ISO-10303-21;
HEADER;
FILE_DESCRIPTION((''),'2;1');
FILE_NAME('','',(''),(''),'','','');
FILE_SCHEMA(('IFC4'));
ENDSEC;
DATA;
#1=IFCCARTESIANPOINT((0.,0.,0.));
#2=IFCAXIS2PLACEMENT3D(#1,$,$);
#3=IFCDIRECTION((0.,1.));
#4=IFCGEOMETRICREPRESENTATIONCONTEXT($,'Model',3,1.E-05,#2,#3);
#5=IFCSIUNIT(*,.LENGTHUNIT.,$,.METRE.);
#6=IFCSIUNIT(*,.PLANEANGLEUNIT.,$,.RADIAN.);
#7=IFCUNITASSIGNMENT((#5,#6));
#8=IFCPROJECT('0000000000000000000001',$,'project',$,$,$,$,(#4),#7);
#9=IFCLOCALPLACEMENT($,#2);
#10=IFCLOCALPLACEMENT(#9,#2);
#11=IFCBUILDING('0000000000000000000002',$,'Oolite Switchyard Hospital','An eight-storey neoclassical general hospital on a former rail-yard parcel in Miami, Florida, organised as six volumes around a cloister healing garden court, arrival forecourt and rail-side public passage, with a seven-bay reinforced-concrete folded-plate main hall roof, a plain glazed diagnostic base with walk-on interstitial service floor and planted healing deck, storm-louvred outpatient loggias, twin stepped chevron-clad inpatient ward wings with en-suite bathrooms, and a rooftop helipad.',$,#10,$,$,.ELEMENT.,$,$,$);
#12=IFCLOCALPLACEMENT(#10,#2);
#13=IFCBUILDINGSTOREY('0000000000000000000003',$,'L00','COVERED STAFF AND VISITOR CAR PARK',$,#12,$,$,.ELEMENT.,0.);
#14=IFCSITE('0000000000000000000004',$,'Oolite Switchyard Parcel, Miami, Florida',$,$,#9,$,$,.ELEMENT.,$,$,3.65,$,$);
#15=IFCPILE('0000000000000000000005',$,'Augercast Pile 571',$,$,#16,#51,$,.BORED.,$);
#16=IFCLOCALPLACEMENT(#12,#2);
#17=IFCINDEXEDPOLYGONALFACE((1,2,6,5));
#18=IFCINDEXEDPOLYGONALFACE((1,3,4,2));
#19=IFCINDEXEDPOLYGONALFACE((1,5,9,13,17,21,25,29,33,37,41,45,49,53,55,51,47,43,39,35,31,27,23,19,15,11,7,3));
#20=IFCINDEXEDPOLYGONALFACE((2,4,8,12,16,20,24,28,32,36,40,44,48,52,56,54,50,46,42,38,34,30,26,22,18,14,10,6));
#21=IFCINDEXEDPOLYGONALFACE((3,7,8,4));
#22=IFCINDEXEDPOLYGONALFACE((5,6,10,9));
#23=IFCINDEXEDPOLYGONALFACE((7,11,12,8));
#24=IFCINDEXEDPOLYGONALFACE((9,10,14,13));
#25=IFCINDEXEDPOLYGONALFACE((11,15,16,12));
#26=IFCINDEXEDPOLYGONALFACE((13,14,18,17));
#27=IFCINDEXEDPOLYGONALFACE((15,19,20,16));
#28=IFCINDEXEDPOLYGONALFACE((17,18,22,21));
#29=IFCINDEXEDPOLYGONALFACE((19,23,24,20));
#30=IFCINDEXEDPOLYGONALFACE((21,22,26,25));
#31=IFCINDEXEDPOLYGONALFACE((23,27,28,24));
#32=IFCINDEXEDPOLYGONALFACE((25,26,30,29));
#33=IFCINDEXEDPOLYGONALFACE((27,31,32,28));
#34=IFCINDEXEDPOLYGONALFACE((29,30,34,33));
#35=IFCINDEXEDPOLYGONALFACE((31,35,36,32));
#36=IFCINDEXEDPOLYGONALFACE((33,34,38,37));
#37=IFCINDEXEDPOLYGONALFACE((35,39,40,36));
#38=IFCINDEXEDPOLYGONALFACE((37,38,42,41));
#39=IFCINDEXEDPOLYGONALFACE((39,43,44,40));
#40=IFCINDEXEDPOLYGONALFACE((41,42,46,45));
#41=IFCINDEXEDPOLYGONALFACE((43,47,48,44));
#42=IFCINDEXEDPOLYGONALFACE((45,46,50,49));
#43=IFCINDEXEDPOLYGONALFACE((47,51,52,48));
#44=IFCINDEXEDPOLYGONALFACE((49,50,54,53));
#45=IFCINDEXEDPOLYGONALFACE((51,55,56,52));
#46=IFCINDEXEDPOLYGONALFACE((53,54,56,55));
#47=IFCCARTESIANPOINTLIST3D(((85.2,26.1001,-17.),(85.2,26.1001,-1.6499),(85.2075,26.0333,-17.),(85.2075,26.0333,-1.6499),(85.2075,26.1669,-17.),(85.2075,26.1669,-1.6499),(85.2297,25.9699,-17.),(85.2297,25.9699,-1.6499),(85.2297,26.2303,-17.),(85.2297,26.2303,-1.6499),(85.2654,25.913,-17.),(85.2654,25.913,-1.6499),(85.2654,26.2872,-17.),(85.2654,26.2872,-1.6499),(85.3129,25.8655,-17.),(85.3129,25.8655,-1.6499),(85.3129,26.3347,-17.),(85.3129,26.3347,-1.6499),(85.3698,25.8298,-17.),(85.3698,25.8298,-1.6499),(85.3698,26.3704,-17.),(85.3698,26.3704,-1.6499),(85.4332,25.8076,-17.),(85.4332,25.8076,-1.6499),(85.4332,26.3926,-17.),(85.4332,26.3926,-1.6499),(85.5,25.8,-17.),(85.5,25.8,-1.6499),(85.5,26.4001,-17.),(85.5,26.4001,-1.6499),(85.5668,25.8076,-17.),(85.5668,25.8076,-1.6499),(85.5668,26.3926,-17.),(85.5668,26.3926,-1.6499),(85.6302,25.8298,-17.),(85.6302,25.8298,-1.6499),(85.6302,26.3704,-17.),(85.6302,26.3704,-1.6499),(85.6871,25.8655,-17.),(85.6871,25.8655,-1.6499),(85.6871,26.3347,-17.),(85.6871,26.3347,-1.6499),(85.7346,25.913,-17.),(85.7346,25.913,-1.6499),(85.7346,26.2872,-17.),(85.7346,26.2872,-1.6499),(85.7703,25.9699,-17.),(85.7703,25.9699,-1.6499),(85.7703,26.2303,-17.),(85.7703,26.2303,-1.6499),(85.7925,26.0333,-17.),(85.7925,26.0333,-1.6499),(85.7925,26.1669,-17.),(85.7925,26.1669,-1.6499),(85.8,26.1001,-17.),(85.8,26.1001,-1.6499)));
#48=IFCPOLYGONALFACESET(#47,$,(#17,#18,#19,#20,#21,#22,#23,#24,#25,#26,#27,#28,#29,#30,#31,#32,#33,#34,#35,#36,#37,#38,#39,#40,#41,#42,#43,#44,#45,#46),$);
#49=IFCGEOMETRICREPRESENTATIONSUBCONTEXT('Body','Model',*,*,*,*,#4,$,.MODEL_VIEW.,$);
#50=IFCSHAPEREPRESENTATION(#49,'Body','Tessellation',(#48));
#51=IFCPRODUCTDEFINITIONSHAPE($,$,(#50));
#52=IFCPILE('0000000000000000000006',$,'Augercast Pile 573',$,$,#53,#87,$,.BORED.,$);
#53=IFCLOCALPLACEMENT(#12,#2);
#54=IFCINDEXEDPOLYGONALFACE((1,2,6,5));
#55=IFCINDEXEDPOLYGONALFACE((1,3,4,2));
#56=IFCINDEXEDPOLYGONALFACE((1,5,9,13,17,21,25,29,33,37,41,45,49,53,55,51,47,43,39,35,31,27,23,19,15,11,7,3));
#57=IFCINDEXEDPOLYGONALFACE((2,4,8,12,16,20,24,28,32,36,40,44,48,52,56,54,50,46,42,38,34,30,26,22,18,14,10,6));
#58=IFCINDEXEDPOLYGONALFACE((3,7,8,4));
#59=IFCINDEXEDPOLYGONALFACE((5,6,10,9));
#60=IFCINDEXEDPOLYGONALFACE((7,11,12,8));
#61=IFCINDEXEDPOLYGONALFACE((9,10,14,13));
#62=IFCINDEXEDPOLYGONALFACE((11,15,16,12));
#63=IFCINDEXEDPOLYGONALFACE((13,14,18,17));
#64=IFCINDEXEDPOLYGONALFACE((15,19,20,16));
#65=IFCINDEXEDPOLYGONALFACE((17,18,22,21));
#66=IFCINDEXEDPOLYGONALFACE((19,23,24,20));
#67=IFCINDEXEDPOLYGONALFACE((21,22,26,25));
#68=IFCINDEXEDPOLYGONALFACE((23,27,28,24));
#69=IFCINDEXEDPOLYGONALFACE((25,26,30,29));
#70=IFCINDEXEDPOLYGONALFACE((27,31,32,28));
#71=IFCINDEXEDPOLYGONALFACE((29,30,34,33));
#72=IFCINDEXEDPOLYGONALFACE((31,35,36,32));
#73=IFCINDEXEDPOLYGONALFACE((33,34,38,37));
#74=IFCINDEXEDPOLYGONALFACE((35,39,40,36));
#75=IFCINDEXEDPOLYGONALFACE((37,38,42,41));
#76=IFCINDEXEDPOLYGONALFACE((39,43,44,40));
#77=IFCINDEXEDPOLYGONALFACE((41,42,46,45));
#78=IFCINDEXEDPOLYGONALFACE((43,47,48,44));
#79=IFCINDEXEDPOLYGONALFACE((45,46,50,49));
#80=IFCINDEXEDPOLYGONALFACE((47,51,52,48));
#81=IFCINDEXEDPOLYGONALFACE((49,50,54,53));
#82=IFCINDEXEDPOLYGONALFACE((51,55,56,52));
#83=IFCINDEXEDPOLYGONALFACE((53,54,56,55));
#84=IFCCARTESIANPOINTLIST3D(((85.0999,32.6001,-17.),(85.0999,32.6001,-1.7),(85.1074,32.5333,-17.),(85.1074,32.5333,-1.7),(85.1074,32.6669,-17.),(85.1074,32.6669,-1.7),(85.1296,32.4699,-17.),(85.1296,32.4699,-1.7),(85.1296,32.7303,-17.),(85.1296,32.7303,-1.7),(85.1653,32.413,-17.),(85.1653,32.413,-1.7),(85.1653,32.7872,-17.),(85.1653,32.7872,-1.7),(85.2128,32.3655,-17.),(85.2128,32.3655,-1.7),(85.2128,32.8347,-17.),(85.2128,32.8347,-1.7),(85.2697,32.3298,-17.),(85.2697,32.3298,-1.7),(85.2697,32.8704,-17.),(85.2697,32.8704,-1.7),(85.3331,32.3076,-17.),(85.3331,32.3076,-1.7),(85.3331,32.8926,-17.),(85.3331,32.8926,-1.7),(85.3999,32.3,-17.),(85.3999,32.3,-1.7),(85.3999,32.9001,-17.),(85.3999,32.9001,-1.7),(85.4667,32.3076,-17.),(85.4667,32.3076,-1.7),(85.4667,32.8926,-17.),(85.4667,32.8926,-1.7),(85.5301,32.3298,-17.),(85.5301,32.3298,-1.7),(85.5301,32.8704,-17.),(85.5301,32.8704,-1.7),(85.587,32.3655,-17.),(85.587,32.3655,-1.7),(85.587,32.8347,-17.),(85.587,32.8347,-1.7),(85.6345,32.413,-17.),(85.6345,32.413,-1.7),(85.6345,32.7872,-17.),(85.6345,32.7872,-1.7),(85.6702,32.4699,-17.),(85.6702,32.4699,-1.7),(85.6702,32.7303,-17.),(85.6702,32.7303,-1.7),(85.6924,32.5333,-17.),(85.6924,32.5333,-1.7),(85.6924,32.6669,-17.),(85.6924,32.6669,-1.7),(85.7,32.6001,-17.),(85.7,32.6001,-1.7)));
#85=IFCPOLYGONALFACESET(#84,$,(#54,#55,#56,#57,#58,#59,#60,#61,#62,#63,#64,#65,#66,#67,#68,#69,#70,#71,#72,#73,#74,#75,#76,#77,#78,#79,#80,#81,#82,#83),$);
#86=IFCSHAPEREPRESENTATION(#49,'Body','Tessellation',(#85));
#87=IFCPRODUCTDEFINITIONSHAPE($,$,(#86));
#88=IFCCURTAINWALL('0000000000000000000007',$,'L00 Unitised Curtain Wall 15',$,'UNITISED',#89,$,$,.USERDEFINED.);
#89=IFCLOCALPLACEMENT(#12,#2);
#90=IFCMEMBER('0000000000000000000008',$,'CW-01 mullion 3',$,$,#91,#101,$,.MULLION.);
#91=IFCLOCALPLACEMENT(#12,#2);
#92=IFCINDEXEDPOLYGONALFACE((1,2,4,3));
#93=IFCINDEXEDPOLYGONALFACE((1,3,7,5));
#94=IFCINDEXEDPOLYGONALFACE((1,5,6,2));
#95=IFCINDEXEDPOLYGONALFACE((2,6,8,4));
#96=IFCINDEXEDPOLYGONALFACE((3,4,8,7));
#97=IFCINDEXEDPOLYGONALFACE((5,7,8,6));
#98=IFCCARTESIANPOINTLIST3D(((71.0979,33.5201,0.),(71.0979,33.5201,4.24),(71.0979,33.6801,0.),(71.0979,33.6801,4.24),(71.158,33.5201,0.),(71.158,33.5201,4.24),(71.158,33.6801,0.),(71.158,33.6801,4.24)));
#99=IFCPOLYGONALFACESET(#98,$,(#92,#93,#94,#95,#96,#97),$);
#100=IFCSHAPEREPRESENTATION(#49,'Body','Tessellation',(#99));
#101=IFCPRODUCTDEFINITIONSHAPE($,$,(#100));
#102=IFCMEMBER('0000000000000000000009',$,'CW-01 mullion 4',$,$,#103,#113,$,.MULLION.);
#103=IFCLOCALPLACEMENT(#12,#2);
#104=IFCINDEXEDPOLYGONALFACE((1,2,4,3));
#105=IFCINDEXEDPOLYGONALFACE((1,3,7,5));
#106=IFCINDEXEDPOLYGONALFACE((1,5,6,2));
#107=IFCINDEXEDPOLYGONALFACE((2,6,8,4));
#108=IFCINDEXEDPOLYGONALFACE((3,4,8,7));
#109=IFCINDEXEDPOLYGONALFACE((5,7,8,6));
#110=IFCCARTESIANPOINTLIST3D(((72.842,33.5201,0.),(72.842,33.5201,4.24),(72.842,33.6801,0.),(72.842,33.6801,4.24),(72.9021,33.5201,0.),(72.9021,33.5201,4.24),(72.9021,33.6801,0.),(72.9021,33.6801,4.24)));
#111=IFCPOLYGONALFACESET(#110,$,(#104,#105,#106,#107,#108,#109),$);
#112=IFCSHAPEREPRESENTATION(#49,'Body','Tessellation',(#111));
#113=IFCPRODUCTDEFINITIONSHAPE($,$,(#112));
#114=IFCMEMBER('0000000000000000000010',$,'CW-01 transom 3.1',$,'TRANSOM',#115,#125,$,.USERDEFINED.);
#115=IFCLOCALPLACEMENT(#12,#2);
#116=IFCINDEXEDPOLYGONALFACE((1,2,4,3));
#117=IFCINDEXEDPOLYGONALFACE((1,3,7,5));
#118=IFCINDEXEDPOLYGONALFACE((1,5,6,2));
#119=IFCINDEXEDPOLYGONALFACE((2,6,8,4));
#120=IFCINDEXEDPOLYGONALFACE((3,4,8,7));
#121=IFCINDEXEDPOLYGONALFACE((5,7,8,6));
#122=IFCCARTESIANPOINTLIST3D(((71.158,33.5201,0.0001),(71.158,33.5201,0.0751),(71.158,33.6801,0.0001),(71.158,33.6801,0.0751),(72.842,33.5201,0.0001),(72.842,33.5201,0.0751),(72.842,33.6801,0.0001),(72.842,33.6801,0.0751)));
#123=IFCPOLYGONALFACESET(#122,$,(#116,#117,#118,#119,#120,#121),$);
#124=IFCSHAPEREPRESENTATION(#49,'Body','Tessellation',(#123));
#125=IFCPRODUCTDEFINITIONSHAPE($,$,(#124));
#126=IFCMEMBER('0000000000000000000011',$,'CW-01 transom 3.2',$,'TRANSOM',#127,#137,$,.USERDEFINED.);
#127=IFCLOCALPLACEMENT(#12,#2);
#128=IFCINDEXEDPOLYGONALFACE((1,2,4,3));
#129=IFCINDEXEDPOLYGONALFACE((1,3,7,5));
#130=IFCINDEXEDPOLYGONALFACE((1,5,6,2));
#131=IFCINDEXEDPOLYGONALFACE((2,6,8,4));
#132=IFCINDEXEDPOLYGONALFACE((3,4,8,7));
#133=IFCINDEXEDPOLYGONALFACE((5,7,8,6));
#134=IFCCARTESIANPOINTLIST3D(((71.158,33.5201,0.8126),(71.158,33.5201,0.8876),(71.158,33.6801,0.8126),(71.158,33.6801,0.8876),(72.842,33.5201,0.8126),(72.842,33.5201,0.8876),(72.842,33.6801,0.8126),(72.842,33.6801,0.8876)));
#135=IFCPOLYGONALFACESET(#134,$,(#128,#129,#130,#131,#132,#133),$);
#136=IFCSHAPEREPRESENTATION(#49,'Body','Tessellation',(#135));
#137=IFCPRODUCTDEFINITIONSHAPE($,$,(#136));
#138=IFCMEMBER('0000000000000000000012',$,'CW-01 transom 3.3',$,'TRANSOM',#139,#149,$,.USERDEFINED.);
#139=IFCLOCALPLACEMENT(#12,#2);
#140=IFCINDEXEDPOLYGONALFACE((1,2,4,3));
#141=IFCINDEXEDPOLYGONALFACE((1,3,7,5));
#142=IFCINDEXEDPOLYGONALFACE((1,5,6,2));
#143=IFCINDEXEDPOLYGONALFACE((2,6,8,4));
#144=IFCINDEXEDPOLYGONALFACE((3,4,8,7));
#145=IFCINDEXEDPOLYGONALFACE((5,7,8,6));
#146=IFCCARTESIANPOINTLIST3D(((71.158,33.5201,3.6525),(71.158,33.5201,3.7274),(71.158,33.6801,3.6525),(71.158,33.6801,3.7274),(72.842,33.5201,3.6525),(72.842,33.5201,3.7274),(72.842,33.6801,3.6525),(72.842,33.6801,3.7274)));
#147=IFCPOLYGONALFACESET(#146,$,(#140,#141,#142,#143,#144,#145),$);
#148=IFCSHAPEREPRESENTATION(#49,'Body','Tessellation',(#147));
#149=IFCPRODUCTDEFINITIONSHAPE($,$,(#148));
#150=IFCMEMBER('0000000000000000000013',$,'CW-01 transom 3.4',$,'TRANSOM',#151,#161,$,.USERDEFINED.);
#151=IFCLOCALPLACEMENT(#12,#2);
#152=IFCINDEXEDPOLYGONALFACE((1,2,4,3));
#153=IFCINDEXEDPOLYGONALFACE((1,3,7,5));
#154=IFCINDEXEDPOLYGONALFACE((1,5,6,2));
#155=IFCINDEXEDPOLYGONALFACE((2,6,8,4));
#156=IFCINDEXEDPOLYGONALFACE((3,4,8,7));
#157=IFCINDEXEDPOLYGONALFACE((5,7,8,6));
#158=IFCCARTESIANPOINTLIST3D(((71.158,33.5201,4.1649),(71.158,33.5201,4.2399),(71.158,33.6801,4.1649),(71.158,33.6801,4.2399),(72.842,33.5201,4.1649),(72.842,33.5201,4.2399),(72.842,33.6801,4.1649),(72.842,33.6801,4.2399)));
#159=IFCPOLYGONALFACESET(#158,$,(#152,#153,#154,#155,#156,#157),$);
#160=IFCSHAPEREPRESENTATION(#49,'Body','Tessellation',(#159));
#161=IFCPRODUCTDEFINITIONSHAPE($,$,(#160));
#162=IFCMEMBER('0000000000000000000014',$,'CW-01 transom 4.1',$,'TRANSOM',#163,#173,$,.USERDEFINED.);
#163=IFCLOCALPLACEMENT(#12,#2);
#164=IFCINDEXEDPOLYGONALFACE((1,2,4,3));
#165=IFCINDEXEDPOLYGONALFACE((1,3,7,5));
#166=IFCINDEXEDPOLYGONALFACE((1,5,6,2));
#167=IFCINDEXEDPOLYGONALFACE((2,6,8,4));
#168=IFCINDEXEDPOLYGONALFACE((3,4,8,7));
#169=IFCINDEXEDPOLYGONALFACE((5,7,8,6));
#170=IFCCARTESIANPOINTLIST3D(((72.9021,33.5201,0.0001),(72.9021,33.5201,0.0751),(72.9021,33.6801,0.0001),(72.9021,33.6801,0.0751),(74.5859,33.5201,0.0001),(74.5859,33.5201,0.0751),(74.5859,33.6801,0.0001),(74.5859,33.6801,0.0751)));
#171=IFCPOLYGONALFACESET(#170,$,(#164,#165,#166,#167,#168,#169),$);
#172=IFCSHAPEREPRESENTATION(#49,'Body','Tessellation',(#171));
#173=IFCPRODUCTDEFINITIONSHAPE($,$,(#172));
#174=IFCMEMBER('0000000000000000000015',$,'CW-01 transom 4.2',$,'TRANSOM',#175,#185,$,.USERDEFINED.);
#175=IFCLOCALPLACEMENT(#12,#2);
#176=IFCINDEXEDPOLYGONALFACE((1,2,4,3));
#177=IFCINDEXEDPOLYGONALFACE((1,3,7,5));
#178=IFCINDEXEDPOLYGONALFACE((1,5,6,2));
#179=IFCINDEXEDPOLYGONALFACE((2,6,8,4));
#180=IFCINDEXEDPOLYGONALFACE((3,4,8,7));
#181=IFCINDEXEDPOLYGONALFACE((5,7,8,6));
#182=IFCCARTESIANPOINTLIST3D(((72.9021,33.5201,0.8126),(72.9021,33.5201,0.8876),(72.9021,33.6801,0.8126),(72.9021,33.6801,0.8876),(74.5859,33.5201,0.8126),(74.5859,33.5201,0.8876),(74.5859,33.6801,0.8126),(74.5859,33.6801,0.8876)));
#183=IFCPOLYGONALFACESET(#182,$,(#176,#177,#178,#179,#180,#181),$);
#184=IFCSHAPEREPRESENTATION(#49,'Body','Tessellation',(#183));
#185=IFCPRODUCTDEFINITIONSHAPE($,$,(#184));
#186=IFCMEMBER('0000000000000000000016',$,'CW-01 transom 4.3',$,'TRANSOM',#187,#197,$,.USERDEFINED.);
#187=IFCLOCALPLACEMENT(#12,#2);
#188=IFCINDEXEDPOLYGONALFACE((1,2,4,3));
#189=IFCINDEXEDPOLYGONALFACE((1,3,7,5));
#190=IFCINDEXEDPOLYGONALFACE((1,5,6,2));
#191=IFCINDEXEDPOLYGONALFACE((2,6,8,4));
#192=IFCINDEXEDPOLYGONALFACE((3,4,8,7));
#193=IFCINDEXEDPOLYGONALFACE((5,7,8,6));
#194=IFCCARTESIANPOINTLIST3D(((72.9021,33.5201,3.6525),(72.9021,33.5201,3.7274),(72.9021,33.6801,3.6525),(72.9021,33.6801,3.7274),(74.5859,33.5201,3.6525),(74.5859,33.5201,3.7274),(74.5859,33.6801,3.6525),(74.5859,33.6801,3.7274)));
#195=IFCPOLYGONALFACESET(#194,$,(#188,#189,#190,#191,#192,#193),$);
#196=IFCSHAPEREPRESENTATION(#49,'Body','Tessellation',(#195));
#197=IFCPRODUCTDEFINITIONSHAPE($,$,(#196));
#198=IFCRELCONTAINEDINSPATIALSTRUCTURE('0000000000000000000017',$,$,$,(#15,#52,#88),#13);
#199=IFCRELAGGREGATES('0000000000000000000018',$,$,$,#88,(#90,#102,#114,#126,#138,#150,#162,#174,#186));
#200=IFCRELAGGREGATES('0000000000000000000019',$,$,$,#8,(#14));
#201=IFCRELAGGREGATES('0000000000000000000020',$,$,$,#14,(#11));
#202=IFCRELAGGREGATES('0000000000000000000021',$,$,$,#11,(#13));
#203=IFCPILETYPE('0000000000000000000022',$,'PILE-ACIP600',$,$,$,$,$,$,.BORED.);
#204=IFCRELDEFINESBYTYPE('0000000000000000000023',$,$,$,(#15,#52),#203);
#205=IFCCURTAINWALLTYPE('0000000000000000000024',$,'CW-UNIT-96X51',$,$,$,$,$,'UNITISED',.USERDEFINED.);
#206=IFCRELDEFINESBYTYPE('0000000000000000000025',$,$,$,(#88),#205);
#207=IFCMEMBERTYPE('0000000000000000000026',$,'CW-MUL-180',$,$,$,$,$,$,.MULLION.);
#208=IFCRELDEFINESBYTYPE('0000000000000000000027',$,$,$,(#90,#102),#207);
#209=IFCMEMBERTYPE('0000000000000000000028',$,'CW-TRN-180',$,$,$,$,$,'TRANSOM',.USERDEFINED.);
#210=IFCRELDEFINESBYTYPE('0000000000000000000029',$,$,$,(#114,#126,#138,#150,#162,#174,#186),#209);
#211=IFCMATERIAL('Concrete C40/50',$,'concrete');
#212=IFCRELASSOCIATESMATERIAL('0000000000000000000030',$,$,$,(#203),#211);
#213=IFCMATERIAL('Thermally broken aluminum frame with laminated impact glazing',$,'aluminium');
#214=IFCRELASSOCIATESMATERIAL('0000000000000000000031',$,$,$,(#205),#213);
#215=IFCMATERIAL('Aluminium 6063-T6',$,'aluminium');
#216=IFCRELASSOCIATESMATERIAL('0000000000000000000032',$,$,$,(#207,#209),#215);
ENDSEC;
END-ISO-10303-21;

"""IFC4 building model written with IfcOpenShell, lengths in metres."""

from ifc_helpers import new_model, si_unit, direction, frame, origin, origin_2d, place, context, subcontext, project, spatial, rectangle, circle, extrude, material, material_profile, profile_set, type_object, element, aggregate, save


model = new_model("IFC4")

# Units and contexts
model_context = context("Model", 3, precision=1e-05, world=origin(), true_north=direction((0.0, 1.0)))
body_context = subcontext(model_context, "Body", "Model", "MODEL_VIEW")
ifc_project = project(units=[si_unit("LENGTHUNIT", "METRE"), si_unit("PLANEANGLEUNIT", "RADIAN")], contexts=[model_context])

# Site, building, storey
site_placement = place(None, origin())
site = spatial("IfcSite", under=ifc_project, at=site_placement, Name="Oolite Switchyard Parcel, Miami, Florida", CompositionType="ELEMENT", RefElevation=3.65)
building_placement = place(site_placement, origin())
building = spatial("IfcBuilding", under=site, at=building_placement, Name="Oolite Switchyard Hospital", Description="An eight-storey neoclassical general hospital on a former rail-yard parcel in Miami, Florida, organised as six volumes around a cloister healing garden court, arrival forecourt and rail-side public passage, with a seven-bay reinforced-concrete folded-plate main hall roof, a plain glazed diagnostic base with walk-on interstitial service floor and planted healing deck, storm-louvred outpatient loggias, twin stepped chevron-clad inpatient ward wings with en-suite bathrooms, and a rooftop helipad.", CompositionType="ELEMENT")
storey_placement = place(building_placement, origin())
storey = spatial("IfcBuildingStorey", under=building, at=storey_placement, Name="L00", Description="COVERED STAFF AND VISITOR CAR PARK", CompositionType="ELEMENT", Elevation=0.0)

# Shared definitions
ifc_material_1 = material(Name="Concrete C40/50", Category="concrete")

# Piles
ifc_material_profile_1 = material_profile(ifc_material_1, circle(Radius=0.3, at=origin_2d()), Name="PILE600")
ifc_profile_set_1 = profile_set([ifc_material_profile_1], Name="Concrete C40/50")
pile_type = type_object("IfcPileType", Name="PILE-ACIP600", PredefinedType="BORED", material=ifc_profile_set_1)
pile_1_placement = place(storey_placement, frame((85.5, 26.1001, -1.6499), z_axis=(0.0, 0.0, -1.0), x_axis=(1.0, 0.0, 0.0)))
element("IfcPile", 1, at=pile_1_placement, inside=storey, type_object=pile_type, Name="Augercast Pile 571", PredefinedType="BORED", context=body_context, shape_type="SweptSolid", body=[
    extrude(circle(Radius=0.3, at=origin_2d()), origin(), (0.0, 0.0, 1.0), 15.3501),
])
pile_2_placement = place(storey_placement, frame((85.3999, 32.6001, -1.7), z_axis=(0.0, 0.0, -1.0), x_axis=(1.0, 0.0, 0.0)))
element("IfcPile", 2, at=pile_2_placement, inside=storey, type_object=pile_type, Name="Augercast Pile 573", PredefinedType="BORED", context=body_context, shape_type="SweptSolid", body=[
    extrude(circle(Radius=0.3, at=origin_2d()), origin(), (0.0, 0.0, 1.0), 15.3),
])

# Curtain wall, members
ifc_material_2 = material(Name="Thermally broken aluminum frame with laminated impact glazing", Category="aluminium")
curtain_wall_type = type_object("IfcCurtainWallType", Name="CW-UNIT-96X51", ElementType="UNITISED", PredefinedType="USERDEFINED", material=ifc_material_2)
curtain_wall_placement = place(storey_placement, origin())
curtain_wall = element("IfcCurtainWall", 3, at=curtain_wall_placement, inside=storey, type_object=curtain_wall_type, Name="L00 Unitised Curtain Wall 15", ObjectType="UNITISED", PredefinedType="USERDEFINED")
ifc_material_3 = material(Name="Aluminium 6063-T6", Category="aluminium")
ifc_material_profile_2 = material_profile(ifc_material_3, rectangle(XDim=0.1599, YDim=0.0601, at=origin_2d()), Name="CWM60X160")
ifc_profile_set_2 = profile_set([ifc_material_profile_2], Name="Aluminium 6063-T6")
member_type_1 = type_object("IfcMemberType", Name="CW-MUL-180", PredefinedType="MULLION", material=ifc_profile_set_2)
member_1_placement = place(storey_placement, frame((71.1279, 33.6001, 0.0), z_axis=(0.0, 0.0, 1.0), x_axis=(0.0, 1.0, 0.0)))
member_1 = element("IfcMember", 4, at=member_1_placement, type_object=member_type_1, Name="CW-01 mullion 3", PredefinedType="MULLION", context=body_context, shape_type="SweptSolid", body=[
    extrude(rectangle(XDim=0.1599, YDim=0.0601, at=origin_2d()), origin(), (0.0, 0.0, 1.0), 4.24),
])
member_2_placement = place(storey_placement, frame((72.8721, 33.6001, 0.0), z_axis=(0.0, 0.0, 1.0), x_axis=(0.0, 1.0, 0.0)))
member_2 = element("IfcMember", 5, at=member_2_placement, type_object=member_type_1, Name="CW-01 mullion 4", PredefinedType="MULLION", context=body_context, shape_type="SweptSolid", body=[
    extrude(rectangle(XDim=0.1599, YDim=0.0601, at=origin_2d()), origin(), (0.0, 0.0, 1.0), 4.24),
])
ifc_material_profile_3 = material_profile(ifc_material_3, rectangle(XDim=0.1599, YDim=0.075, at=origin_2d()), Name="CWT75X160")
ifc_profile_set_3 = profile_set([ifc_material_profile_3], Name="Aluminium 6063-T6")
member_type_2 = type_object("IfcMemberType", Name="CW-TRN-180", ElementType="TRANSOM", PredefinedType="USERDEFINED", material=ifc_profile_set_3)
member_3_placement = place(storey_placement, frame((71.158, 33.6001, 0.0376), z_axis=(1.0, 0.0, 0.0), x_axis=(0.0, 1.0, 0.0)))
member_3 = element("IfcMember", 6, at=member_3_placement, type_object=member_type_2, Name="CW-01 transom 3.1", ObjectType="TRANSOM", PredefinedType="USERDEFINED", context=body_context, shape_type="SweptSolid", body=[
    extrude(rectangle(XDim=0.1599, YDim=0.075, at=origin_2d()), origin(), (0.0, 0.0, 1.0), 1.6841),
])
member_4_placement = place(storey_placement, frame((71.158, 33.6001, 0.8501), z_axis=(1.0, 0.0, 0.0), x_axis=(0.0, 1.0, 0.0)))
member_4 = element("IfcMember", 7, at=member_4_placement, type_object=member_type_2, Name="CW-01 transom 3.2", ObjectType="TRANSOM", PredefinedType="USERDEFINED", context=body_context, shape_type="SweptSolid", body=[
    extrude(rectangle(XDim=0.1599, YDim=0.075, at=origin_2d()), origin(), (0.0, 0.0, 1.0), 1.6841),
])
member_5_placement = place(storey_placement, frame((71.158, 33.6001, 3.6899), z_axis=(1.0, 0.0, 0.0), x_axis=(0.0, 1.0, 0.0)))
member_5 = element("IfcMember", 8, at=member_5_placement, type_object=member_type_2, Name="CW-01 transom 3.3", ObjectType="TRANSOM", PredefinedType="USERDEFINED", context=body_context, shape_type="SweptSolid", body=[
    extrude(rectangle(XDim=0.1599, YDim=0.075, at=origin_2d()), origin(), (0.0, 0.0, 1.0), 1.6841),
])
member_6_placement = place(storey_placement, frame((71.158, 33.6001, 4.2024), z_axis=(1.0, 0.0, 0.0), x_axis=(0.0, 1.0, 0.0)))
member_6 = element("IfcMember", 9, at=member_6_placement, type_object=member_type_2, Name="CW-01 transom 3.4", ObjectType="TRANSOM", PredefinedType="USERDEFINED", context=body_context, shape_type="SweptSolid", body=[
    extrude(rectangle(XDim=0.1599, YDim=0.075, at=origin_2d()), origin(), (0.0, 0.0, 1.0), 1.6841),
])
member_7_placement = place(storey_placement, frame((72.9021, 33.6001, 0.0376), z_axis=(1.0, 0.0, 0.0), x_axis=(0.0, 1.0, 0.0)))
member_7 = element("IfcMember", 10, at=member_7_placement, type_object=member_type_2, Name="CW-01 transom 4.1", ObjectType="TRANSOM", PredefinedType="USERDEFINED", context=body_context, shape_type="SweptSolid", body=[
    extrude(rectangle(XDim=0.1599, YDim=0.075, at=origin_2d()), origin(), (0.0, 0.0, 1.0), 1.6838),
])
member_8_placement = place(storey_placement, frame((72.9021, 33.6001, 0.8501), z_axis=(1.0, 0.0, 0.0), x_axis=(0.0, 1.0, 0.0)))
member_8 = element("IfcMember", 11, at=member_8_placement, type_object=member_type_2, Name="CW-01 transom 4.2", ObjectType="TRANSOM", PredefinedType="USERDEFINED", context=body_context, shape_type="SweptSolid", body=[
    extrude(rectangle(XDim=0.1599, YDim=0.075, at=origin_2d()), origin(), (0.0, 0.0, 1.0), 1.6838),
])
member_9_placement = place(storey_placement, frame((72.9021, 33.6001, 3.6899), z_axis=(1.0, 0.0, 0.0), x_axis=(0.0, 1.0, 0.0)))
member_9 = element("IfcMember", 12, at=member_9_placement, type_object=member_type_2, Name="CW-01 transom 4.3", ObjectType="TRANSOM", PredefinedType="USERDEFINED", context=body_context, shape_type="SweptSolid", body=[
    extrude(rectangle(XDim=0.1599, YDim=0.075, at=origin_2d()), origin(), (0.0, 0.0, 1.0), 1.6838),
])
aggregate(curtain_wall, [member_1, member_2, member_3, member_4, member_5, member_6, member_7, member_8, member_9])

save(model, "model.ifc")
